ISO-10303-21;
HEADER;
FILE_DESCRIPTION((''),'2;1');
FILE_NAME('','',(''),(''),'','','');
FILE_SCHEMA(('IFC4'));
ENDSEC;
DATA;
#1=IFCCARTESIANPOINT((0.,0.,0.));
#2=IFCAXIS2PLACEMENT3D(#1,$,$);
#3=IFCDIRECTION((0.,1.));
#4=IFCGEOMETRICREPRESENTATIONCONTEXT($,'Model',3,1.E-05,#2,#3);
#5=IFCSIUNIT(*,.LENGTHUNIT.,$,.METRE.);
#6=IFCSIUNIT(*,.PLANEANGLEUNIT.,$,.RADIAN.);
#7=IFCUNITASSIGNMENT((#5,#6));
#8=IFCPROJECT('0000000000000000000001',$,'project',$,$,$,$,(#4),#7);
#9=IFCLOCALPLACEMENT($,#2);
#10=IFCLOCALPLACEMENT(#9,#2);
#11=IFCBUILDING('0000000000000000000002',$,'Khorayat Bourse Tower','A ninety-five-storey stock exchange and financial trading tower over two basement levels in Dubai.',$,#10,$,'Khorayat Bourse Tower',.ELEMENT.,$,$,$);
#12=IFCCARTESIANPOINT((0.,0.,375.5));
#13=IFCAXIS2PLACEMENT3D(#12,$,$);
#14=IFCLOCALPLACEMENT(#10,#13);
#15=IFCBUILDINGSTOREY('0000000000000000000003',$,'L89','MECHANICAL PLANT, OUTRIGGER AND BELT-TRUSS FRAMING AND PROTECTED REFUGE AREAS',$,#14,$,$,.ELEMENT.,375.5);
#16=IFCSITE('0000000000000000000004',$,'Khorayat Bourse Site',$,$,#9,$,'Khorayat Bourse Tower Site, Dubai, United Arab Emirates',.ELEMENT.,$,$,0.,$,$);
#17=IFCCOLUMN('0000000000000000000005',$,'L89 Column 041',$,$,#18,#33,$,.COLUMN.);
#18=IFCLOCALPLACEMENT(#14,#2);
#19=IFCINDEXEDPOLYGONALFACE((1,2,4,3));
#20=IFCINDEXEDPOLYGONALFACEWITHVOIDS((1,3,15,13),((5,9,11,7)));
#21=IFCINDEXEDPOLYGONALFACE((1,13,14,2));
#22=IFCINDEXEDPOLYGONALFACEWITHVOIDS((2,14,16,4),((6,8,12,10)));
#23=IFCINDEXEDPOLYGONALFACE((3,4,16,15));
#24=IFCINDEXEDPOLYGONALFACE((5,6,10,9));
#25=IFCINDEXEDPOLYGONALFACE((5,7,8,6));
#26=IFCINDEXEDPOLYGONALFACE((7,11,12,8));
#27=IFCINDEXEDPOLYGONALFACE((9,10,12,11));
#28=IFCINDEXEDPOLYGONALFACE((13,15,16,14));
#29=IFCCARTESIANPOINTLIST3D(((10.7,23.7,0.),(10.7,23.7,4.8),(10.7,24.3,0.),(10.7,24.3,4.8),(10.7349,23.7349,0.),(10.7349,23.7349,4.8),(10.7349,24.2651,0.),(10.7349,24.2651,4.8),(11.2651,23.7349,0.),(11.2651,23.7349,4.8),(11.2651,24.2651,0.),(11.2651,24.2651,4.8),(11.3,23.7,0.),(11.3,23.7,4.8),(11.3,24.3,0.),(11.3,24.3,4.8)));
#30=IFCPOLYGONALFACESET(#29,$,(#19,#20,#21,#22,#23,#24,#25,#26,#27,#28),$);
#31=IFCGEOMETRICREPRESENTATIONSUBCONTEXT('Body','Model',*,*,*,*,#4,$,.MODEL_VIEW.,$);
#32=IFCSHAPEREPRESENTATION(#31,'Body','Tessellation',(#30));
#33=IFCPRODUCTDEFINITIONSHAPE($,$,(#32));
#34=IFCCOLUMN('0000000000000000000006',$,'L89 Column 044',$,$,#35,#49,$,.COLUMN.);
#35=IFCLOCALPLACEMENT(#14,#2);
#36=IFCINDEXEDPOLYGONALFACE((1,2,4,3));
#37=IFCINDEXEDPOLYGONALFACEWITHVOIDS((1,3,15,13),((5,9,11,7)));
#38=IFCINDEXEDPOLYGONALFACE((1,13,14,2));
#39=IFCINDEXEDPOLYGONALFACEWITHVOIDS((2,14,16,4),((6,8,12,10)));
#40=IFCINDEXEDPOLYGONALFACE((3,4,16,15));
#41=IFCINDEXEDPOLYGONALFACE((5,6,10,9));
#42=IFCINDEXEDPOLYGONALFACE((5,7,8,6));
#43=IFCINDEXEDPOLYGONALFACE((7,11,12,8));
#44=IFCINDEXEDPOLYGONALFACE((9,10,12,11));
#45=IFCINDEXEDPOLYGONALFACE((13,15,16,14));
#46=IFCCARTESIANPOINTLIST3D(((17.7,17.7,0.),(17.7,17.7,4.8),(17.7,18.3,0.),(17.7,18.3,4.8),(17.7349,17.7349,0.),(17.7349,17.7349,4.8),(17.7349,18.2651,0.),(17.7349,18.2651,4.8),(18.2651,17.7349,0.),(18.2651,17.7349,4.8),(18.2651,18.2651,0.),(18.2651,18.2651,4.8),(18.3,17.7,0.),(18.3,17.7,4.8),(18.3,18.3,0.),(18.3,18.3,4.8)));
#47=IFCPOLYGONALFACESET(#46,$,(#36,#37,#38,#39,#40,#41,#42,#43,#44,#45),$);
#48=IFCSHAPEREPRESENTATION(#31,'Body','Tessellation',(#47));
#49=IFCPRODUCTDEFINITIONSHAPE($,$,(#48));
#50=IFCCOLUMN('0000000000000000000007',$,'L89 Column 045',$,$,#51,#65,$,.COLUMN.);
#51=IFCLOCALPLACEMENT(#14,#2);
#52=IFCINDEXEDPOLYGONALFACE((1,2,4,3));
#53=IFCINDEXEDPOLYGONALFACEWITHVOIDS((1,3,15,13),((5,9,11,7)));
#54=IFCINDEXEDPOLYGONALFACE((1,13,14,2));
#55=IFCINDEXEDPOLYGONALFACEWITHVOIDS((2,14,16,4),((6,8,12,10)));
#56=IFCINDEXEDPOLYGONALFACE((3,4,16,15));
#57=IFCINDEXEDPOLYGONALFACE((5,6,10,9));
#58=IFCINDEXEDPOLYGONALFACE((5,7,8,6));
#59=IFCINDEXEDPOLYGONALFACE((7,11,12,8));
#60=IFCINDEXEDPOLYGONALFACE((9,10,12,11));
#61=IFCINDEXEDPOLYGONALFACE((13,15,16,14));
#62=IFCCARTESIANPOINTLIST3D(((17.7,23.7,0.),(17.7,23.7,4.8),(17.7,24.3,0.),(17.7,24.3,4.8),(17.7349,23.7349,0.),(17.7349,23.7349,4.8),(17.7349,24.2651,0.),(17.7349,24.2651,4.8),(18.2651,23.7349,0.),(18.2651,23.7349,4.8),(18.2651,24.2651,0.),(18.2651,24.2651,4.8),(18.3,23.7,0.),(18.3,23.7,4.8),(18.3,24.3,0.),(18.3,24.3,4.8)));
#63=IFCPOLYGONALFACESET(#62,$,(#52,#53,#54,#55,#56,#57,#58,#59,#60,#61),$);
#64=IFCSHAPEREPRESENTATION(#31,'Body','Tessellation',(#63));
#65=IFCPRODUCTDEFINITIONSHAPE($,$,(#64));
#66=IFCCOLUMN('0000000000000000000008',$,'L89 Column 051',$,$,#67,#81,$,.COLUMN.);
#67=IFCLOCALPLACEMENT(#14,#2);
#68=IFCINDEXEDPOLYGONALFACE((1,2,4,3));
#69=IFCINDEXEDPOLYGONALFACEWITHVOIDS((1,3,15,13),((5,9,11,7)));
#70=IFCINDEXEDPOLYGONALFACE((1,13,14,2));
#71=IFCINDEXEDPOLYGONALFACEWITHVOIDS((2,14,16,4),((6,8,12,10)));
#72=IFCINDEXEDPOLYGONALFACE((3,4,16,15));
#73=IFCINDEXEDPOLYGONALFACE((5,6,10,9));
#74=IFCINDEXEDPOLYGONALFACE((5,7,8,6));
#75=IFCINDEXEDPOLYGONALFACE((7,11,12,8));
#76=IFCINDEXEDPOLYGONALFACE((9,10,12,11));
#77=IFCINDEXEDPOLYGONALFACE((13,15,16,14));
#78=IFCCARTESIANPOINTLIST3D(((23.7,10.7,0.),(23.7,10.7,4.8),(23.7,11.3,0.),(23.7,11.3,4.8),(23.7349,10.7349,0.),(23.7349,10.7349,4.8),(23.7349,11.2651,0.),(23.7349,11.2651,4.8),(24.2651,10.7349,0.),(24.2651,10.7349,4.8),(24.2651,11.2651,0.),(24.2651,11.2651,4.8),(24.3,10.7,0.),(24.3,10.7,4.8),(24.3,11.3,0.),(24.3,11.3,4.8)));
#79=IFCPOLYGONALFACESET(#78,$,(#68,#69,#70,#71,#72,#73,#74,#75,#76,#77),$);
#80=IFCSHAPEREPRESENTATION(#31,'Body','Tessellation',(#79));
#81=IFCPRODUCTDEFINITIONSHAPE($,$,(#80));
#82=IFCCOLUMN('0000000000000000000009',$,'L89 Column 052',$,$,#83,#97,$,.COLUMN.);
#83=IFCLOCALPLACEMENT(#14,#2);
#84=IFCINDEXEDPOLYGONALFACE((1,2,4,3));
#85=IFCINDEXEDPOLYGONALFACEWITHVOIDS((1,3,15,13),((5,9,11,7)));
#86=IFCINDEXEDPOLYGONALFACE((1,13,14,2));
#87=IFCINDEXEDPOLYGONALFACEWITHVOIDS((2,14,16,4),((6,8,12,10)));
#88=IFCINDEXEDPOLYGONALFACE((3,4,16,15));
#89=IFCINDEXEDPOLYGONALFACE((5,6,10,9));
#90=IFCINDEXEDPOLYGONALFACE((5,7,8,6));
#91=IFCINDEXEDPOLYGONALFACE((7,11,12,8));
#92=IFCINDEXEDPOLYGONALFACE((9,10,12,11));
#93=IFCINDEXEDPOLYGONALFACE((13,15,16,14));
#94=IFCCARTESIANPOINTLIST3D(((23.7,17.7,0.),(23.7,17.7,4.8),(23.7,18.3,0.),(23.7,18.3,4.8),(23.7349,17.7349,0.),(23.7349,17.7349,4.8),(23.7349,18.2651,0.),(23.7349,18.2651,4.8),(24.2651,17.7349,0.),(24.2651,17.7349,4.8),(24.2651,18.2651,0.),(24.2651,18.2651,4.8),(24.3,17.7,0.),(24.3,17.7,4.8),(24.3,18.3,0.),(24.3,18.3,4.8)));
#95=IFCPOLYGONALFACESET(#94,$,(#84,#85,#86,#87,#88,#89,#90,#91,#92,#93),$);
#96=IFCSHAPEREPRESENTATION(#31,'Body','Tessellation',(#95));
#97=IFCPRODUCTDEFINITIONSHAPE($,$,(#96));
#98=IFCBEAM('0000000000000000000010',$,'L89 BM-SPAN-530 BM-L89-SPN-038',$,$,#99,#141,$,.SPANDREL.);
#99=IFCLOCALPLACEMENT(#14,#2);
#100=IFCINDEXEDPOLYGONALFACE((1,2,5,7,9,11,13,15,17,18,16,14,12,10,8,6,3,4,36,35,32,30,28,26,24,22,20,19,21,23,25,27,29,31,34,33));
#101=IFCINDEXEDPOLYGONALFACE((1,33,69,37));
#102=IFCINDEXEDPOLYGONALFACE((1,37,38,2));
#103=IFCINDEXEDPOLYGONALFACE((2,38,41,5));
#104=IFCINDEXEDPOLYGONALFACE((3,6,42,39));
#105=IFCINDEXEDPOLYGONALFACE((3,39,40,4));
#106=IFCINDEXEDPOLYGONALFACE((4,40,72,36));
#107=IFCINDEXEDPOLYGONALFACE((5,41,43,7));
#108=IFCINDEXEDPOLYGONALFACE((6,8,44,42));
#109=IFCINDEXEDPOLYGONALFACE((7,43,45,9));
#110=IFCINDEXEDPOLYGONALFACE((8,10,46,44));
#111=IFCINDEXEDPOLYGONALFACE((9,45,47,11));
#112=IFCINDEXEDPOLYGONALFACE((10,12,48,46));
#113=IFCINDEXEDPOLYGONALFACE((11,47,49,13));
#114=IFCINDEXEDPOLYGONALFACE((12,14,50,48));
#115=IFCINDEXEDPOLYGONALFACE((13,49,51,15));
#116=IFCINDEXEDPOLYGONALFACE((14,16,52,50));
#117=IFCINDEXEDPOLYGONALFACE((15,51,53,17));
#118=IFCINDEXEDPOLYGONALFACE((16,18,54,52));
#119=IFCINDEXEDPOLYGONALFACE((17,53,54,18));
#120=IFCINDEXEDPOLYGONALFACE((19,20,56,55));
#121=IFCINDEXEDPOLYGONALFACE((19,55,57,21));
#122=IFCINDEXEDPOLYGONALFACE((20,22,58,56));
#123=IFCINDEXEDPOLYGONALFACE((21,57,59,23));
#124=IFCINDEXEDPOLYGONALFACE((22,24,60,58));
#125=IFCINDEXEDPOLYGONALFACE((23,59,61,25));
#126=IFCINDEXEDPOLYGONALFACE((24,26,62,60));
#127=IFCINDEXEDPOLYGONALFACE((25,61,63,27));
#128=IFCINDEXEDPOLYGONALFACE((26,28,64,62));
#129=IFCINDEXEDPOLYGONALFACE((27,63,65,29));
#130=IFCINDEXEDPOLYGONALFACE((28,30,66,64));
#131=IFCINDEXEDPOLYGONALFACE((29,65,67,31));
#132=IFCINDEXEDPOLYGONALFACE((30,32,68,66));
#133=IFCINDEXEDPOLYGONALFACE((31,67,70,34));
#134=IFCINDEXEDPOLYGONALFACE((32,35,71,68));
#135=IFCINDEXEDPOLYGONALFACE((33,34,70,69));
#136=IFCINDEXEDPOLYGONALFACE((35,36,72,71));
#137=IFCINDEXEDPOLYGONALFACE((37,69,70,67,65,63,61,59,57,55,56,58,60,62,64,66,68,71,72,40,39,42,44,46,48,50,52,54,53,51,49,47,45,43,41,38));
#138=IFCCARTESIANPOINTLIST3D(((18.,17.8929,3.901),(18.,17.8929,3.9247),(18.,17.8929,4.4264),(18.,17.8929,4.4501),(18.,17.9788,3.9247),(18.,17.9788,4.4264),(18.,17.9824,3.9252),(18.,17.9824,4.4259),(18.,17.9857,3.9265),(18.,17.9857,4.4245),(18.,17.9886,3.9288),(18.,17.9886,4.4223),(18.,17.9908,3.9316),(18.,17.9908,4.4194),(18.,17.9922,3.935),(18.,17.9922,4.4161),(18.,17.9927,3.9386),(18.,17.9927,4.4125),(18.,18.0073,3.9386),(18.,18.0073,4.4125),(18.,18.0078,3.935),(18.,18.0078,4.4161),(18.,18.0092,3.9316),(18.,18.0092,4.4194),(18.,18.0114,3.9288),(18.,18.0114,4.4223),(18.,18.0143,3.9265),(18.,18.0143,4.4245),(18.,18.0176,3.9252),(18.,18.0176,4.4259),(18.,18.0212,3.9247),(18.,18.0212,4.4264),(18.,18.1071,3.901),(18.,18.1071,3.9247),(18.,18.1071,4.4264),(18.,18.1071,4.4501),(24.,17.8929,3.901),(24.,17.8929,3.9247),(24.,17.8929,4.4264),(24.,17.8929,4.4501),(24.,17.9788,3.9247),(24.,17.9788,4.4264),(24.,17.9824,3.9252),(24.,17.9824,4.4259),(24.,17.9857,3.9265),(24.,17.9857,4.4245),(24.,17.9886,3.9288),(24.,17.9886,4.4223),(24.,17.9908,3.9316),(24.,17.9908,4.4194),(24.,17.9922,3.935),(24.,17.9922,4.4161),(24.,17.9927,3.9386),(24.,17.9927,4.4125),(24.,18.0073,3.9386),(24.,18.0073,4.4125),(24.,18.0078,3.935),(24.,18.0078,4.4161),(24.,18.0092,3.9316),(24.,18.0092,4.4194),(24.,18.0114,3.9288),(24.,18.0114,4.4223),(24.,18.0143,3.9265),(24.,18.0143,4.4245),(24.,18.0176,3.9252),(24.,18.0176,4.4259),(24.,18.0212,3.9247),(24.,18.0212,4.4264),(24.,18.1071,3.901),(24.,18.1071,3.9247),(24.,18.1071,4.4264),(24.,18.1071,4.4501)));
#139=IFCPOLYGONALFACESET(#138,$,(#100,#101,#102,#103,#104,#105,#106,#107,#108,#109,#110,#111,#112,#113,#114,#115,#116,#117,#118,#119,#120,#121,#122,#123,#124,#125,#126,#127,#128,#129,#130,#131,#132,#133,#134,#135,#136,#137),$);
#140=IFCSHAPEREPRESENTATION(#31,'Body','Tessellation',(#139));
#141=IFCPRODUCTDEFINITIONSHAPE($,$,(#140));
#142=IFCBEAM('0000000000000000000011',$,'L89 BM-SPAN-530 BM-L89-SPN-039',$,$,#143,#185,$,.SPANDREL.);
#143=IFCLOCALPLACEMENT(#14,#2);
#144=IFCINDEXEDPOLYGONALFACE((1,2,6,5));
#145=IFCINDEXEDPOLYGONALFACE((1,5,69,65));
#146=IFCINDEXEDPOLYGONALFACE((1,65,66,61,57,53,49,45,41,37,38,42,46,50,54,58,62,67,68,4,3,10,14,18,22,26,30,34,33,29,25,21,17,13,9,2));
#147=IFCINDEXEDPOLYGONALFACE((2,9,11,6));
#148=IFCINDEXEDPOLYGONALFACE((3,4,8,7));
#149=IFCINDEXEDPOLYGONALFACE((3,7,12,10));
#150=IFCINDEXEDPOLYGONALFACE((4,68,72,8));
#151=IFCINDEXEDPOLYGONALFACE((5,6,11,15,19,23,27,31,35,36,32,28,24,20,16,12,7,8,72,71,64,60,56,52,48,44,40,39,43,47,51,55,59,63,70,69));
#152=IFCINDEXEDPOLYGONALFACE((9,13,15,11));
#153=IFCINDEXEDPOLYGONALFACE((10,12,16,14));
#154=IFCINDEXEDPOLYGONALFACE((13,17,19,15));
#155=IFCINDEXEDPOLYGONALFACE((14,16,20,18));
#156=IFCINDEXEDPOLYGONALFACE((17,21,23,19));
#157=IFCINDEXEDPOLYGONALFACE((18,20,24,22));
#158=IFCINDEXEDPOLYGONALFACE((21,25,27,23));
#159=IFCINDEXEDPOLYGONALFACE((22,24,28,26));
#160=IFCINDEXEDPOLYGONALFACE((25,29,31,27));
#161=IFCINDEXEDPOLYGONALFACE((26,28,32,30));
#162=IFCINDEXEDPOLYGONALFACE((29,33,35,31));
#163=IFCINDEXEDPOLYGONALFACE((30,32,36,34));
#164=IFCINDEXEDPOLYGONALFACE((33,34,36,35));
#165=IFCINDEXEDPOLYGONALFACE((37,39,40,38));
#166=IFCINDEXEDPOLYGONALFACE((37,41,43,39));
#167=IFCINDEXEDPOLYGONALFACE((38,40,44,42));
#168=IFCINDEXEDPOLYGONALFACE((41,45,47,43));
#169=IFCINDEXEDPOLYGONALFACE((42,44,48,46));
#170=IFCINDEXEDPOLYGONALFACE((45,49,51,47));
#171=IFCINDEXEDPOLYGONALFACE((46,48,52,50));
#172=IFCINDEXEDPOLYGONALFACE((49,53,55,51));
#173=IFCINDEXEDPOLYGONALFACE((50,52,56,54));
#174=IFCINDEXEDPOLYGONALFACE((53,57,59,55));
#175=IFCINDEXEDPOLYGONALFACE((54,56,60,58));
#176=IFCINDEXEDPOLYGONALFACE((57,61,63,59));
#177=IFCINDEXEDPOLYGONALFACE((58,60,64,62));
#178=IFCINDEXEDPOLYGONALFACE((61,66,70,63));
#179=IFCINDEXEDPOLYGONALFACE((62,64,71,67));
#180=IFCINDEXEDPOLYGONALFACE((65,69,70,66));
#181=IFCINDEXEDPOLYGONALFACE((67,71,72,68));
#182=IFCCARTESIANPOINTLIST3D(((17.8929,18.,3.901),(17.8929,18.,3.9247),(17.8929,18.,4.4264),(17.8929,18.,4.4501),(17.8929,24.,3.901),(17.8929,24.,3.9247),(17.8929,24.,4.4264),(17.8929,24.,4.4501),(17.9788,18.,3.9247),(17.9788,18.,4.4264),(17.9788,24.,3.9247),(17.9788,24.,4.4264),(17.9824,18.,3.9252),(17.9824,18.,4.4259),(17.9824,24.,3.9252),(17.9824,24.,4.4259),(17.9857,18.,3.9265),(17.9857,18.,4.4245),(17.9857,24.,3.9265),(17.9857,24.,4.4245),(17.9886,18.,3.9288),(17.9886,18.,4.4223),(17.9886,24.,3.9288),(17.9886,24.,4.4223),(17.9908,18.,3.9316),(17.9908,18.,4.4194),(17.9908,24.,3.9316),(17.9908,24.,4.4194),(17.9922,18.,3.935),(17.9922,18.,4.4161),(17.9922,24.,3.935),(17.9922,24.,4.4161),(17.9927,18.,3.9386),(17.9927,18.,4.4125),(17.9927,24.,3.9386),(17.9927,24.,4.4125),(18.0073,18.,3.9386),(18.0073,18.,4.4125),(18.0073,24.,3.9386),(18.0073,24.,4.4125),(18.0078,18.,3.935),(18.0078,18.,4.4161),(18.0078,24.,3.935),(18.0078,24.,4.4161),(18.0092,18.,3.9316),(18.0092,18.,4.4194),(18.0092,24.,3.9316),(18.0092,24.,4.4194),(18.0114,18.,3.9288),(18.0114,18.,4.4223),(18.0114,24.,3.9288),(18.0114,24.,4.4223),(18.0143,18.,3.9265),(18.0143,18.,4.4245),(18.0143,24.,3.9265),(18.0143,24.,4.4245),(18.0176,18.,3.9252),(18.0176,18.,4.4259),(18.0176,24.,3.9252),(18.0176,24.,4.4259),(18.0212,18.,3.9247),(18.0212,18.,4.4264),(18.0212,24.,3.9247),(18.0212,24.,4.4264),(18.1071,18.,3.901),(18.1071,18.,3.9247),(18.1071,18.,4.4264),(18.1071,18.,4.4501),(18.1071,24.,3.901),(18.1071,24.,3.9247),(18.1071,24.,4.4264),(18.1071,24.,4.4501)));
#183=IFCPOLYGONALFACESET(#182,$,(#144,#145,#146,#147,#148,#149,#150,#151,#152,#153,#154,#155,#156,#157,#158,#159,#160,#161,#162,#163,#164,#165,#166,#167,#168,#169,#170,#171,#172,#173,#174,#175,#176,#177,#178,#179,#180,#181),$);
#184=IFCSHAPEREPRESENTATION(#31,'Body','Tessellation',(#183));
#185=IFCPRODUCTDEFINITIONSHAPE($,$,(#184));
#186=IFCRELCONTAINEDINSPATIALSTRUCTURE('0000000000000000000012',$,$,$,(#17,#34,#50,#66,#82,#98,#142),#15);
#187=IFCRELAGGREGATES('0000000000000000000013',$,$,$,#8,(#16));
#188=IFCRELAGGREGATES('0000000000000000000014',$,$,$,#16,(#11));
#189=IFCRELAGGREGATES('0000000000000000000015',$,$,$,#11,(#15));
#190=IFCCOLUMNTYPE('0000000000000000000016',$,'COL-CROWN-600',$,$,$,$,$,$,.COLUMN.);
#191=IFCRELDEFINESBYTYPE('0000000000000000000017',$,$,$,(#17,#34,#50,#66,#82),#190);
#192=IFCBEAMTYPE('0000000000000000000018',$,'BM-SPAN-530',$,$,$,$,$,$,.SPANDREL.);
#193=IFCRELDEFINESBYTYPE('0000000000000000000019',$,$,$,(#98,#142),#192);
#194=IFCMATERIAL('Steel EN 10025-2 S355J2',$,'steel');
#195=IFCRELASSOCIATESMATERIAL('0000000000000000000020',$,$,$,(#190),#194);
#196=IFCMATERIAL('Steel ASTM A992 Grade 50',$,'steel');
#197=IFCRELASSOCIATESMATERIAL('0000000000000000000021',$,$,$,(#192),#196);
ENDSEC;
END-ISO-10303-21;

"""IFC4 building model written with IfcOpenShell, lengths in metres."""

from ifc_helpers import new_model, si_unit, direction, frame, origin, origin_2d, place, context, subcontext, project, spatial, hollow_rectangle, i_section, extrude, source, transform, mapped, material, material_profile, profile_set, type_object, element, save


model = new_model("IFC4")

# Units and contexts
model_context = context("Model", 3, precision=1e-05, world=origin(), true_north=direction((0.0, 1.0)))
body_context = subcontext(model_context, "Body", "Model", "MODEL_VIEW")
ifc_project = project(units=[si_unit("LENGTHUNIT", "METRE"), si_unit("PLANEANGLEUNIT", "RADIAN")], contexts=[model_context])

# Site, building, storey
site_placement = place(None, origin())
site = spatial("IfcSite", under=ifc_project, at=site_placement, Name="Khorayat Bourse Site", LongName="Khorayat Bourse Tower Site, Dubai, United Arab Emirates", CompositionType="ELEMENT", RefElevation=0.0)
building_placement = place(site_placement, origin())
building = spatial("IfcBuilding", under=site, at=building_placement, Name="Khorayat Bourse Tower", Description="A ninety-five-storey stock exchange and financial trading tower over two basement levels in Dubai.", LongName="Khorayat Bourse Tower", CompositionType="ELEMENT")
storey_placement = place(building_placement, frame((0.0, 0.0, 375.5)))
storey = spatial("IfcBuildingStorey", under=building, at=storey_placement, Name="L89", Description="MECHANICAL PLANT, OUTRIGGER AND BELT-TRUSS FRAMING AND PROTECTED REFUGE AREAS", CompositionType="ELEMENT", Elevation=375.5)

# Columns
ifc_material_1 = material(Name="Steel EN 10025-2 S355J2", Category="steel")
ifc_material_profile_1 = material_profile(ifc_material_1, hollow_rectangle(XDim=0.6001, YDim=0.6001, WallThickness=0.0349, at=origin_2d()), Name="BOX 600x600x35")
ifc_profile_set_1 = profile_set([ifc_material_profile_1], Name="Steel EN 10025-2 S355J2")
column_type = type_object("IfcColumnType", Name="COL-CROWN-600", PredefinedType="COLUMN", material=ifc_profile_set_1)
shared_shape_1 = source(origin(), body_context, "Body", "SweptSolid", [
    extrude(hollow_rectangle(XDim=0.6001, YDim=0.6001, WallThickness=0.0349, at=origin_2d()), origin(), (0.0, 0.0, 1.0), 4.8),
])
for number, where, z_axis, x_axis, name in (
    (1, (11.0, 24.0, 0.0), (0.0, 0.0, 1.0), (1.0, 0.0, 0.0), "L89 Column 041"),
    (2, (18.0, 18.0, 0.0), (0.0, 0.0, 1.0), (1.0, 0.0, 0.0), "L89 Column 044"),
    (3, (18.0, 24.0, 0.0), (0.0, 0.0, 1.0), (1.0, 0.0, 0.0), "L89 Column 045"),
    (4, (24.0, 11.0, 0.0), (0.0, 0.0, 1.0), (1.0, 0.0, 0.0), "L89 Column 051"),
    (5, (24.0, 18.0, 0.0), (0.0, 0.0, 1.0), (1.0, 0.0, 0.0), "L89 Column 052"),
):
    element("IfcColumn", number, at=place(storey_placement, frame(where, z_axis=z_axis, x_axis=x_axis)), inside=storey, type_object=column_type, Name=name, PredefinedType="COLUMN", context=body_context, shape_type="MappedRepresentation", body=[
        mapped(shared_shape_1, transform((0.0, 0.0, 0.0), scale=1.0)),
    ])

# Beams
ifc_material_2 = material(Name="Steel ASTM A992 Grade 50", Category="steel")
ifc_material_profile_2 = material_profile(ifc_material_2, i_section(OverallWidth=0.2141, OverallDepth=0.5491, WebThickness=0.0146, FlangeThickness=0.0237, FilletRadius=0.0139, at=origin_2d()), Name="W530X138")
ifc_profile_set_2 = profile_set([ifc_material_profile_2], Name="Steel ASTM A992 Grade 50")
beam_type_1 = type_object("IfcBeamType", Name="BM-SPAN-530", PredefinedType="SPANDREL", material=ifc_profile_set_2)
shared_shape_2 = source(origin(), body_context, "Body", "SweptSolid", [
    extrude(i_section(OverallWidth=0.2141, OverallDepth=0.5491, WebThickness=0.0146, FlangeThickness=0.0237, FilletRadius=0.0139, at=origin_2d()), origin(), (0.0, 0.0, 1.0), 6.0),
])
for number, where, z_axis, x_axis, name in (
    (6, (18.0, 18.0, 4.1755), (1.0, 0.0, 0.0), (0.0, 1.0, 0.0), "L89 BM-SPAN-530 BM-L89-SPN-038"),
    (7, (18.0, 18.0, 4.1755), (0.0, 1.0, 0.0), (-1.0, 0.0, 0.0), "L89 BM-SPAN-530 BM-L89-SPN-039"),
):
    element("IfcBeam", number, at=place(storey_placement, frame(where, z_axis=z_axis, x_axis=x_axis)), inside=storey, type_object=beam_type_1, Name=name, PredefinedType="SPANDREL", context=body_context, shape_type="MappedRepresentation", body=[
        mapped(shared_shape_2, transform((0.0, 0.0, 0.0), scale=1.0)),
    ])

save(model, "model.ifc")
